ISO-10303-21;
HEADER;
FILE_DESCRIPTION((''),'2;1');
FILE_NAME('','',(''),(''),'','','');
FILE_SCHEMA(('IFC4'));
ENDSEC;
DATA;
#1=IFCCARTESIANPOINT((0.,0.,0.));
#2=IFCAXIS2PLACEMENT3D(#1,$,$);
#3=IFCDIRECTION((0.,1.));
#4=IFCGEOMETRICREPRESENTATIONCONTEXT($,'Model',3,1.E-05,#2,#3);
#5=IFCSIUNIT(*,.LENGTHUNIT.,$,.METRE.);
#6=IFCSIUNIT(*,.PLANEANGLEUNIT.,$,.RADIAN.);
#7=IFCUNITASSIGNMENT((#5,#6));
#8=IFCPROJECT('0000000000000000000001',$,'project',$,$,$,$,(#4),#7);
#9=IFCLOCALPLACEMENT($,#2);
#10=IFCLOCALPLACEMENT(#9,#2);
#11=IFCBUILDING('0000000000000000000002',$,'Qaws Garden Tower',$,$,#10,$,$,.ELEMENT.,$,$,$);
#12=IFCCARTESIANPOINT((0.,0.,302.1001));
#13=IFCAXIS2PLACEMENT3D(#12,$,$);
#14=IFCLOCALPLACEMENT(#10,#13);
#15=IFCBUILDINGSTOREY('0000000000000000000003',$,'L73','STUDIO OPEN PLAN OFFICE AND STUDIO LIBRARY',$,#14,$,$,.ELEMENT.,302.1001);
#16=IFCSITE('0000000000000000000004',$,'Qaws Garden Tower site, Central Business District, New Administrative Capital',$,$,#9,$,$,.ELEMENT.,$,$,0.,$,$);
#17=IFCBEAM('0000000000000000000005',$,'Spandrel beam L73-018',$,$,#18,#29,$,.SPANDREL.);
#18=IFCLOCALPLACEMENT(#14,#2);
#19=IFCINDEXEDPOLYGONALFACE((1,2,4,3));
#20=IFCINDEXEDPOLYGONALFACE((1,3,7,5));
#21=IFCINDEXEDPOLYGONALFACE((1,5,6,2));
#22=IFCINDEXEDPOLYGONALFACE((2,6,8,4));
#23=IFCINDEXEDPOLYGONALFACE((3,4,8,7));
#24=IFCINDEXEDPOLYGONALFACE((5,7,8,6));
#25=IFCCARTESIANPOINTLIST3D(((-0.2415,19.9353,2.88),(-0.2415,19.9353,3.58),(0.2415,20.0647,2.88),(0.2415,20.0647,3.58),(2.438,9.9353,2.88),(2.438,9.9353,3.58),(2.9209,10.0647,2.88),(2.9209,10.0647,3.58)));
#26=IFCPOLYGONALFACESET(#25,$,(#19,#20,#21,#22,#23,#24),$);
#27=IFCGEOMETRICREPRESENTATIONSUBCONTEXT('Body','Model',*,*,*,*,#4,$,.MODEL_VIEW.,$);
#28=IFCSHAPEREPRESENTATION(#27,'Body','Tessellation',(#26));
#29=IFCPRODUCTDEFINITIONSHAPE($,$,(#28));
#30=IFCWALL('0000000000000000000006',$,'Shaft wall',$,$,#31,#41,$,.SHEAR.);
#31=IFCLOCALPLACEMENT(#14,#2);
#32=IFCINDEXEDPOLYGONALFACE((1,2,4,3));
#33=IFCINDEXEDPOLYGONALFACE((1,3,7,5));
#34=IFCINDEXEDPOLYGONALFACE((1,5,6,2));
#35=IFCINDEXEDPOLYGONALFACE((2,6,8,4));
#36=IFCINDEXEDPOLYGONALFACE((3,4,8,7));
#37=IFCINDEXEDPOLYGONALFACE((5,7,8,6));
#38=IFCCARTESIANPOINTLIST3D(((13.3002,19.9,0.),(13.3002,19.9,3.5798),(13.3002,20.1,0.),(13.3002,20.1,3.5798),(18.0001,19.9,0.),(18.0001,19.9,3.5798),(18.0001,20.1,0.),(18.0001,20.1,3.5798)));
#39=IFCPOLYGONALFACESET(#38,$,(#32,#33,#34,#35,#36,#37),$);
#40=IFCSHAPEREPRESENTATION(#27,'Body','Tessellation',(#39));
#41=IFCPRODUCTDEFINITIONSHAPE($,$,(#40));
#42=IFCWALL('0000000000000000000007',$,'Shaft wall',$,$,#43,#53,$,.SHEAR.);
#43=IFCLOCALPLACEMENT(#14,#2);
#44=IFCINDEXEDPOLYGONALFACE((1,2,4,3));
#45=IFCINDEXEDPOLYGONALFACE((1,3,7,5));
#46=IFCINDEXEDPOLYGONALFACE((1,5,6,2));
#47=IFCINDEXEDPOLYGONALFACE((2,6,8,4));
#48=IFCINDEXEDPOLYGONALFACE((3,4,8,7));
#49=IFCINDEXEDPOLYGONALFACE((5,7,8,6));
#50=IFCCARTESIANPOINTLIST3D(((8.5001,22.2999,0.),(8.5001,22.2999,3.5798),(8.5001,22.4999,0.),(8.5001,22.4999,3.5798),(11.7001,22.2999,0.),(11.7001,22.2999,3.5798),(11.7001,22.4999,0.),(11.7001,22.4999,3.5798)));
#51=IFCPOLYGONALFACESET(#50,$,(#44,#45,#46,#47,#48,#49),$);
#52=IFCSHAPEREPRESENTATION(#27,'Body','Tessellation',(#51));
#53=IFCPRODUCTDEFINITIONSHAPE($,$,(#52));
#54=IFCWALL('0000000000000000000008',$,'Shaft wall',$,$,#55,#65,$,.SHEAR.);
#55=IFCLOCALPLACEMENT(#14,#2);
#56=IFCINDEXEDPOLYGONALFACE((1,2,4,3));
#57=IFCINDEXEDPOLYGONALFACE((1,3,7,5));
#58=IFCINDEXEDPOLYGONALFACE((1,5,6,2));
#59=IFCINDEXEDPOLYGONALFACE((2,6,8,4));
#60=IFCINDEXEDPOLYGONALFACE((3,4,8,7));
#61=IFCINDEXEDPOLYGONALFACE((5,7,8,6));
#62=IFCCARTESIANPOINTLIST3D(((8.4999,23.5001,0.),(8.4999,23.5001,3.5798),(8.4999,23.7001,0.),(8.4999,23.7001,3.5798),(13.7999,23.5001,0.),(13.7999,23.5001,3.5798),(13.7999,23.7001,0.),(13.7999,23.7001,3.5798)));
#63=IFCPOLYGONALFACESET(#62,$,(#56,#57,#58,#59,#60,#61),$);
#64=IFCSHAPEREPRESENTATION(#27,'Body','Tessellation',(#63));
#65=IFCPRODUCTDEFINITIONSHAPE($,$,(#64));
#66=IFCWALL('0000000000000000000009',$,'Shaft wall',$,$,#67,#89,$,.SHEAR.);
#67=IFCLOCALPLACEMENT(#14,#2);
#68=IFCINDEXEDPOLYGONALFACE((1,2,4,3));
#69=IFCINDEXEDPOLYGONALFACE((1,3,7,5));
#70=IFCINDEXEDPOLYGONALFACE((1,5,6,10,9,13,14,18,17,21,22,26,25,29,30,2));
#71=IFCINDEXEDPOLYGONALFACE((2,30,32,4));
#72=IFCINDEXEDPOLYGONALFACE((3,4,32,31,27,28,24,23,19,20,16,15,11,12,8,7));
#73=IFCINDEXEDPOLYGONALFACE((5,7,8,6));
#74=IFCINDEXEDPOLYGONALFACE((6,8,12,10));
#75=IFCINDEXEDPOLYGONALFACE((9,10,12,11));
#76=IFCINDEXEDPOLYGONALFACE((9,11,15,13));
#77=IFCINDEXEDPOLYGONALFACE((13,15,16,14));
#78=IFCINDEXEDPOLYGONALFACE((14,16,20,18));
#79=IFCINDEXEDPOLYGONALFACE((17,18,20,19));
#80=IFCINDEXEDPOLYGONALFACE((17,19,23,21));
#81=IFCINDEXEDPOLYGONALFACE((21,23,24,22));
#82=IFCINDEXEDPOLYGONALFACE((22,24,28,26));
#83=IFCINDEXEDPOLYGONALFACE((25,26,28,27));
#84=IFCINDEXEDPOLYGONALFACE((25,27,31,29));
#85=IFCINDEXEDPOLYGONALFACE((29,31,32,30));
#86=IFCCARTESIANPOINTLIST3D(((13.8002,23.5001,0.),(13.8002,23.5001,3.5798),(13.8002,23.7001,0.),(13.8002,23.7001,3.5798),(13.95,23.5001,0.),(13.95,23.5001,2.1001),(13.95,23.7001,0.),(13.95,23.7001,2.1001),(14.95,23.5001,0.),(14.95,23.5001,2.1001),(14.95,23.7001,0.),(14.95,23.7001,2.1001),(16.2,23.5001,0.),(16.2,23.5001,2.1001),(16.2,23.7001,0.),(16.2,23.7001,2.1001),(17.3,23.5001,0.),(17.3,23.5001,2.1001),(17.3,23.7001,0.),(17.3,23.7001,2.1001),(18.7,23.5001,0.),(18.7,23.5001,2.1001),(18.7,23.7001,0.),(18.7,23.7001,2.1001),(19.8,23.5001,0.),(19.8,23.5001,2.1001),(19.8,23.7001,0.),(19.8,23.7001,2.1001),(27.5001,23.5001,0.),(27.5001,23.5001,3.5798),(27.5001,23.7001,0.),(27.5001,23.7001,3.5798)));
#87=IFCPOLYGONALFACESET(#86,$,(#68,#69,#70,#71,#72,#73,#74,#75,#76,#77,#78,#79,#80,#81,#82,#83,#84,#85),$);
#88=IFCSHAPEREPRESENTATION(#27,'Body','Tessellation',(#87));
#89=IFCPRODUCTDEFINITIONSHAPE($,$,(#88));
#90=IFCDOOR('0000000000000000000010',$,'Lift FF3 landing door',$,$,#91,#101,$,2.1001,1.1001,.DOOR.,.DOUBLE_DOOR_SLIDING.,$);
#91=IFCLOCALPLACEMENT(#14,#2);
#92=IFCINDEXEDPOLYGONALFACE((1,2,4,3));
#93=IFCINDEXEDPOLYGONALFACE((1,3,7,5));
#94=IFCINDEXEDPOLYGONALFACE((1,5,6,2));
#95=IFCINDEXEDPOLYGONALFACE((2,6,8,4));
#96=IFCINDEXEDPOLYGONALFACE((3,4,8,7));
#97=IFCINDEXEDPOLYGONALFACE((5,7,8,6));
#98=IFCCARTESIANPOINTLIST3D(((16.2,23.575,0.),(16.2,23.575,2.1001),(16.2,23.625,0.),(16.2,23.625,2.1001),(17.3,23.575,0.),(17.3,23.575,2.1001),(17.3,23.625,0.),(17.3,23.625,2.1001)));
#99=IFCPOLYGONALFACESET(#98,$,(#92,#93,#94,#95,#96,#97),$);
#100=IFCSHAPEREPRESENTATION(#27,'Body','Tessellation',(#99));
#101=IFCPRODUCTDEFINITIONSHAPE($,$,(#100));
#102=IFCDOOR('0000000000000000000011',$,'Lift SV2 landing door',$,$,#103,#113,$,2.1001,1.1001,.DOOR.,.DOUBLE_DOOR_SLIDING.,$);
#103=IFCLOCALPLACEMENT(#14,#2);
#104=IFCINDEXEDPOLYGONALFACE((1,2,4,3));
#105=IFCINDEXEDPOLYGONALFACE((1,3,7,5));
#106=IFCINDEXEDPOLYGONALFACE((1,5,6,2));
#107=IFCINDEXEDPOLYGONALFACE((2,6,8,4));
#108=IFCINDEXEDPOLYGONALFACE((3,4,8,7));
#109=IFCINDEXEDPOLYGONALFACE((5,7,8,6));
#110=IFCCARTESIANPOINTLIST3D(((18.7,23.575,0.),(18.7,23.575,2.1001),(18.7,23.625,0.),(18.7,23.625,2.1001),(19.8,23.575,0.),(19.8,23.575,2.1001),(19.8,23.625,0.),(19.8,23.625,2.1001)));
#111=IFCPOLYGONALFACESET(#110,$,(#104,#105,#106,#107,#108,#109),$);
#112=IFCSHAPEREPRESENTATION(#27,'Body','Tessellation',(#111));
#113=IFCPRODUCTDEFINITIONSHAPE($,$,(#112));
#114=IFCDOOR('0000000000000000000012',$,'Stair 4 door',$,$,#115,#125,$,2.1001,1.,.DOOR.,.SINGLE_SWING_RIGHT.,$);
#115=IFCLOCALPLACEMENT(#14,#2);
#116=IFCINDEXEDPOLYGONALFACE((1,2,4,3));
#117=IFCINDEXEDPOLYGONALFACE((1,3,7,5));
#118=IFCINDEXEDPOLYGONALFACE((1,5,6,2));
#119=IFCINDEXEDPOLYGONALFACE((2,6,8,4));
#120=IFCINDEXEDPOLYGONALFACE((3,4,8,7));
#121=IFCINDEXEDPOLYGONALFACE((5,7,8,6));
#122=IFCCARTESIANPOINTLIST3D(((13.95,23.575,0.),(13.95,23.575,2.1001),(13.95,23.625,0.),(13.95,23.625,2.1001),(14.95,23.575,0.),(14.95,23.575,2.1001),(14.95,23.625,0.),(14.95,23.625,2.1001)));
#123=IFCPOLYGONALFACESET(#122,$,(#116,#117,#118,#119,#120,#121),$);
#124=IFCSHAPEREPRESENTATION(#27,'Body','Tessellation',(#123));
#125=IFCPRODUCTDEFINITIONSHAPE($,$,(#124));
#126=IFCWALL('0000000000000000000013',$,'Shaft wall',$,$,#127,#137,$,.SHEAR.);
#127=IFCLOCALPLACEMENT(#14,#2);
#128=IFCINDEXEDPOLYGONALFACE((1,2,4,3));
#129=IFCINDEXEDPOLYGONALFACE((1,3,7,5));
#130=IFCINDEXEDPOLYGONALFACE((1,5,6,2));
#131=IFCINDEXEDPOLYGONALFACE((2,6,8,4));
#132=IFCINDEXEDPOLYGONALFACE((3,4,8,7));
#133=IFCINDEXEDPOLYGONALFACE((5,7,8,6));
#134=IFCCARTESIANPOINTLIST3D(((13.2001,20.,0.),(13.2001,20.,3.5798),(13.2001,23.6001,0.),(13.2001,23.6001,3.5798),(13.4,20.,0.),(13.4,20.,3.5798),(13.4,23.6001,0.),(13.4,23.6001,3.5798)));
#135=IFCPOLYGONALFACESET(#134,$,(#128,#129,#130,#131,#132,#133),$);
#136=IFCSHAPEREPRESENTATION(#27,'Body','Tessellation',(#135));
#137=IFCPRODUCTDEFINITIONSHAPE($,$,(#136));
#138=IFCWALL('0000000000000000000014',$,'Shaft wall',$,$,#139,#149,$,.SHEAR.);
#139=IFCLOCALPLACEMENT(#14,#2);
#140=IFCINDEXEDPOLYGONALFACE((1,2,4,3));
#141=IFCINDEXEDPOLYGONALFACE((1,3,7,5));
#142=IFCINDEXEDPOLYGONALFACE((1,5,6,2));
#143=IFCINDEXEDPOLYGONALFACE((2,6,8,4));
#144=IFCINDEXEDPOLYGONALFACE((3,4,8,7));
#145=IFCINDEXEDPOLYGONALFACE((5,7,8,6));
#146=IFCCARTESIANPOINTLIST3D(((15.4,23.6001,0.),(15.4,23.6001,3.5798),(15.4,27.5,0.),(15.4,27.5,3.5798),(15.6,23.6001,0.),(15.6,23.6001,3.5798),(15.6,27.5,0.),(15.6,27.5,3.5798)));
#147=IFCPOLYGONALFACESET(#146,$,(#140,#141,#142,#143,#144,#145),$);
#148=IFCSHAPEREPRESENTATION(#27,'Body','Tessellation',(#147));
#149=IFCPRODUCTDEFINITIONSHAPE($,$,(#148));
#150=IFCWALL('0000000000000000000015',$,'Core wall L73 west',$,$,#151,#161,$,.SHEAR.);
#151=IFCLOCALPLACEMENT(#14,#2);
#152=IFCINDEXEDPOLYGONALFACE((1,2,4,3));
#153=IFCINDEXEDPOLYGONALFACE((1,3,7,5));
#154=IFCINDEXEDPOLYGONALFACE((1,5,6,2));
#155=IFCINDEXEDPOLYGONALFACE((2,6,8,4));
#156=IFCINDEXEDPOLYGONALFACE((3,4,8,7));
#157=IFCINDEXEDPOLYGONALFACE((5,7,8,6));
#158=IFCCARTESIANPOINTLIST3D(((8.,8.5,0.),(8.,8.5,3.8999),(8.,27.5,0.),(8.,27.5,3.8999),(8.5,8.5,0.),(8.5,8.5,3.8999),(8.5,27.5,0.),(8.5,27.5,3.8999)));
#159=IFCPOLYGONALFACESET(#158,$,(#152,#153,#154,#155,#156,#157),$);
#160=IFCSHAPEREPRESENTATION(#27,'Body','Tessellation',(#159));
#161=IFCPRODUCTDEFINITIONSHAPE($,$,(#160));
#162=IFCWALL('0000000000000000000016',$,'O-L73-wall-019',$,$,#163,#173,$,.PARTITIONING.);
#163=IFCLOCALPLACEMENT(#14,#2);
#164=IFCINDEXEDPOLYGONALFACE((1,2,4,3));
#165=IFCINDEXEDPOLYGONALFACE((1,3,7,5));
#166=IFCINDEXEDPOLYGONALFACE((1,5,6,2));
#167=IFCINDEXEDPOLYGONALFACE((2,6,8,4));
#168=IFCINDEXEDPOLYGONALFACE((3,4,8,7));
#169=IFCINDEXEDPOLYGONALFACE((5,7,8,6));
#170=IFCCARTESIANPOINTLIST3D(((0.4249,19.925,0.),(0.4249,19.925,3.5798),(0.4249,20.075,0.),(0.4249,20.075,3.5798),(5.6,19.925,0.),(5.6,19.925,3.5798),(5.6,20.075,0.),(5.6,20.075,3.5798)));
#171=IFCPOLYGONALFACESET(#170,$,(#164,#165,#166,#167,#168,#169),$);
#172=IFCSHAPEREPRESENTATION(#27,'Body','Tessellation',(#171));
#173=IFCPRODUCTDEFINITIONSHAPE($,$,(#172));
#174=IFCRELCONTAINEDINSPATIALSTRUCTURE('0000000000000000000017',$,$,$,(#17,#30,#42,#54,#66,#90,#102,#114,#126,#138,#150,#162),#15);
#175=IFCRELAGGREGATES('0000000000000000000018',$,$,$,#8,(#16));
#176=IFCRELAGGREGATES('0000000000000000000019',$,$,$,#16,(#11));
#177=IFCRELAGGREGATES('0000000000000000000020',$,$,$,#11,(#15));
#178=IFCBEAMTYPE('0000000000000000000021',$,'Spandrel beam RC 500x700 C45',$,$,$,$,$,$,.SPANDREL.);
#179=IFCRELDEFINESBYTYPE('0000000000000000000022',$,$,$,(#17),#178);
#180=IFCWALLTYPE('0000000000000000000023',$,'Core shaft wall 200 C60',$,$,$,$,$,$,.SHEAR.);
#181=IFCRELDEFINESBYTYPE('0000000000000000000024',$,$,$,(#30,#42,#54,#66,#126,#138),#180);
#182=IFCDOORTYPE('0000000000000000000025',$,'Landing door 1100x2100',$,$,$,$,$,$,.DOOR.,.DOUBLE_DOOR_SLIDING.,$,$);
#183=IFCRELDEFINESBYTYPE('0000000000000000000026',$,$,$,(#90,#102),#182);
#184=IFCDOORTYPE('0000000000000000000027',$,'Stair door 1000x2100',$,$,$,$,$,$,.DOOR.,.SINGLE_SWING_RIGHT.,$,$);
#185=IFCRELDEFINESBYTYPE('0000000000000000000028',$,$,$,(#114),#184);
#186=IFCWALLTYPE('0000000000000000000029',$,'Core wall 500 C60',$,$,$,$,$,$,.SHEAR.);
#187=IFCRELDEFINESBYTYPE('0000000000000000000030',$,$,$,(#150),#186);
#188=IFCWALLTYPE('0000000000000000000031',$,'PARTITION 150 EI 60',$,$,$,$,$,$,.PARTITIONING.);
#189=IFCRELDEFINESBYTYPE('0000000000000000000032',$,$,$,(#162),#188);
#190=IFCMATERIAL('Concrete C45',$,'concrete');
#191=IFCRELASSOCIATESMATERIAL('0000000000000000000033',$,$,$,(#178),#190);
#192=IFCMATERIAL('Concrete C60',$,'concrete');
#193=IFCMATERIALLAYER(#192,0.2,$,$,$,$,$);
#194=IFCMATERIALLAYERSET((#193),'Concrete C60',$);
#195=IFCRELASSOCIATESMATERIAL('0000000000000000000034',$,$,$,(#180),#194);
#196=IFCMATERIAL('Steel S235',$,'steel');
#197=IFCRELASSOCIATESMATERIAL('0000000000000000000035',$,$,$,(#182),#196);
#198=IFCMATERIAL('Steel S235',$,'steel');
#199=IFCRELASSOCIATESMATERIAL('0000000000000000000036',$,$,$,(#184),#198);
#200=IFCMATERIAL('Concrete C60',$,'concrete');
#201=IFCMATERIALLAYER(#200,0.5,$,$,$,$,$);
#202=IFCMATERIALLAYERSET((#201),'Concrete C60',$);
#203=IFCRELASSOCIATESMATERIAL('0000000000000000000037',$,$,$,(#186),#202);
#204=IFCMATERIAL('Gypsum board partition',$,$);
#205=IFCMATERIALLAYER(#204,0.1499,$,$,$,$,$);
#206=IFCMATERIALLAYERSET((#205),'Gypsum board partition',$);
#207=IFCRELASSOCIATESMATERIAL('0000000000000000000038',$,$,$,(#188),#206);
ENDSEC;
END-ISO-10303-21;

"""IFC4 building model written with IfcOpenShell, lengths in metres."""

from ifc_helpers import new_model, si_unit, direction, frame, frame_2d, origin, origin_2d, place, context, subcontext, project, spatial, rectangle, extrude, material, layer, layer_set, material_profile, profile_set, type_object, element, fill, save


model = new_model("IFC4")

# Units and contexts
model_context = context("Model", 3, precision=1e-05, world=origin(), true_north=direction((0.0, 1.0)))
body_context = subcontext(model_context, "Body", "Model", "MODEL_VIEW")
ifc_project = project(units=[si_unit("LENGTHUNIT", "METRE"), si_unit("PLANEANGLEUNIT", "RADIAN")], contexts=[model_context])

# Site, building, storey
site_placement = place(None, origin())
site = spatial("IfcSite", under=ifc_project, at=site_placement, Name="Qaws Garden Tower site, Central Business District, New Administrative Capital", CompositionType="ELEMENT", RefElevation=0.0)
building_placement = place(site_placement, origin())
building = spatial("IfcBuilding", under=site, at=building_placement, Name="Qaws Garden Tower", CompositionType="ELEMENT")
storey_placement = place(building_placement, frame((0.0, 0.0, 302.1001)))
storey = spatial("IfcBuildingStorey", under=building, at=storey_placement, Name="L73", Description="STUDIO OPEN PLAN OFFICE AND STUDIO LIBRARY", CompositionType="ELEMENT", Elevation=302.1001)

# Beam
ifc_material_1 = material(Name="Concrete C45", Category="concrete")
ifc_material_profile = material_profile(ifc_material_1, rectangle(XDim=0.5, YDim=0.7, at=origin_2d()), Name="RC 500x700")
ifc_profile_set = profile_set([ifc_material_profile], Name="Concrete C45")
beam_type = type_object("IfcBeamType", Name="Spandrel beam RC 500x700 C45", PredefinedType="SPANDREL", material=ifc_profile_set)
beam_placement = place(storey_placement, frame((0.0, 20.0, 3.23), z_axis=(0.258815, -0.965927, 0.0), x_axis=(0.965927, 0.258815, 0.0)))
element("IfcBeam", 1, at=beam_placement, inside=storey, type_object=beam_type, Name="Spandrel beam L73-018", PredefinedType="SPANDREL", context=body_context, shape_type="SweptSolid", body=[
    extrude(rectangle(XDim=0.5, YDim=0.7, at=origin_2d()), origin(), (0.0, 0.0, 1.0), 10.3528),
])

# Walls
ifc_material_2 = material(Name="Concrete C60", Category="concrete")
ifc_layer_1 = layer(ifc_material_2, 0.2)
ifc_layer_set_1 = layer_set([ifc_layer_1], Name="Concrete C60")
wall_type_1 = type_object("IfcWallType", Name="Core shaft wall 200 C60", PredefinedType="SHEAR", material=ifc_layer_set_1)
wall_1_placement = place(storey_placement, frame((13.3, 20.0, 0.0), z_axis=(0.0, 0.0, 1.0), x_axis=(1.0, 0.0, 0.0)))
element("IfcWall", 2, at=wall_1_placement, inside=storey, type_object=wall_type_1, Name="Shaft wall", PredefinedType="SHEAR", context=body_context, shape_type="SweptSolid", body=[
    extrude(rectangle(XDim=4.7, YDim=0.2, at=frame_2d((2.3501, 0.0))), origin(), (0.0, 0.0, 1.0), 3.5798),
])
wall_2_placement = place(storey_placement, frame((8.5, 22.3999, 0.0), z_axis=(0.0, 0.0, 1.0), x_axis=(1.0, 0.0, 0.0)))
element("IfcWall", 3, at=wall_2_placement, inside=storey, type_object=wall_type_1, Name="Shaft wall", PredefinedType="SHEAR", context=body_context, shape_type="SweptSolid", body=[
    extrude(rectangle(XDim=3.2, YDim=0.2, at=frame_2d((1.6001, 0.0))), origin(), (0.0, 0.0, 1.0), 3.5798),
])
wall_3_placement = place(storey_placement, frame((8.5, 23.6001, 0.0), z_axis=(0.0, 0.0, 1.0), x_axis=(1.0, 0.0, 0.0)))
element("IfcWall", 4, at=wall_3_placement, inside=storey, type_object=wall_type_1, Name="Shaft wall", PredefinedType="SHEAR", context=body_context, shape_type="SweptSolid", body=[
    extrude(rectangle(XDim=5.3, YDim=0.2, at=frame_2d((2.6499, 0.0))), origin(), (0.0, 0.0, 1.0), 3.5798),
])

# Wall, openings, doors
wall_4_placement = place(storey_placement, frame((13.8, 23.6001, 0.0), z_axis=(0.0, 0.0, 1.0), x_axis=(1.0, 0.0, 0.0)))
wall_4 = element("IfcWall", 5, at=wall_4_placement, inside=storey, type_object=wall_type_1, Name="Shaft wall", PredefinedType="SHEAR", context=body_context, shape_type="SweptSolid", body=[
    extrude(rectangle(XDim=13.7, YDim=0.2, at=frame_2d((6.8501, 0.0))), origin(), (0.0, 0.0, 1.0), 3.5798),
])
opening_1_placement = place(wall_4_placement, frame((2.3999, 0.0, 0.0)))
opening_1 = element("IfcOpeningElement", 6, at=opening_1_placement, cuts=wall_4, PredefinedType="OPENING", context=body_context, shape_type="SweptSolid", body=[
    extrude(rectangle(XDim=1.1001, YDim=2.1001, at=frame_2d((0.55, 1.05))), frame((0.0, 0.1099, 0.0), z_axis=(0.0, -1.0, 0.0), x_axis=(1.0, 0.0, 0.0)), (0.0, 0.0, 1.0), 0.22),
])
opening_2_placement = place(wall_4_placement, frame((4.8999, 0.0, 0.0)))
opening_2 = element("IfcOpeningElement", 7, at=opening_2_placement, cuts=wall_4, PredefinedType="OPENING", context=body_context, shape_type="SweptSolid", body=[
    extrude(rectangle(XDim=1.1001, YDim=2.1001, at=frame_2d((0.55, 1.05))), frame((0.0, 0.1099, 0.0), z_axis=(0.0, -1.0, 0.0), x_axis=(1.0, 0.0, 0.0)), (0.0, 0.0, 1.0), 0.22),
])
opening_3_placement = place(wall_4_placement, frame((0.1499, 0.0, 0.0)))
opening_3 = element("IfcOpeningElement", 8, at=opening_3_placement, cuts=wall_4, PredefinedType="OPENING", context=body_context, shape_type="SweptSolid", body=[
    extrude(rectangle(XDim=1.0, YDim=2.1001, at=frame_2d((0.5, 1.05))), frame((0.0, 0.1099, 0.0), z_axis=(0.0, -1.0, 0.0), x_axis=(1.0, 0.0, 0.0)), (0.0, 0.0, 1.0), 0.22),
])
ifc_material_3 = material(Name="Steel S235", Category="steel")
door_type_1 = type_object("IfcDoorType", Name="Landing door 1100x2100", OperationType="DOUBLE_DOOR_SLIDING", PredefinedType="DOOR", material=ifc_material_3)
door_1_placement = place(opening_1_placement, origin())
door_1 = element("IfcDoor", 9, at=door_1_placement, inside=storey, type_object=door_type_1, Name="Lift FF3 landing door", OperationType="DOUBLE_DOOR_SLIDING", OverallHeight=2.1001, OverallWidth=1.1001, PredefinedType="DOOR", context=body_context, shape_type="SweptSolid", body=[
    extrude(rectangle(XDim=1.1001, YDim=2.1001, at=frame_2d((0.55, 1.05))), frame((0.0, 0.0249, 0.0), z_axis=(0.0, -1.0, 0.0), x_axis=(1.0, 0.0, 0.0)), (0.0, 0.0, 1.0), 0.05),
])
fill(opening_1, door_1)
door_2_placement = place(opening_2_placement, origin())
door_2 = element("IfcDoor", 10, at=door_2_placement, inside=storey, type_object=door_type_1, Name="Lift SV2 landing door", OperationType="DOUBLE_DOOR_SLIDING", OverallHeight=2.1001, OverallWidth=1.1001, PredefinedType="DOOR", context=body_context, shape_type="SweptSolid", body=[
    extrude(rectangle(XDim=1.1001, YDim=2.1001, at=frame_2d((0.55, 1.05))), frame((0.0, 0.0249, 0.0), z_axis=(0.0, -1.0, 0.0), x_axis=(1.0, 0.0, 0.0)), (0.0, 0.0, 1.0), 0.05),
])
fill(opening_2, door_2)
ifc_material_4 = material(Name="Steel S235", Category="steel")
door_type_2 = type_object("IfcDoorType", Name="Stair door 1000x2100", OperationType="SINGLE_SWING_RIGHT", PredefinedType="DOOR", material=ifc_material_4)
door_3_placement = place(opening_3_placement, origin())
door_3 = element("IfcDoor", 11, at=door_3_placement, inside=storey, type_object=door_type_2, Name="Stair 4 door", OperationType="SINGLE_SWING_RIGHT", OverallHeight=2.1001, OverallWidth=1.0, PredefinedType="DOOR", context=body_context, shape_type="SweptSolid", body=[
    extrude(rectangle(XDim=1.0, YDim=2.1001, at=frame_2d((0.5, 1.05))), frame((0.0, 0.0249, 0.0), z_axis=(0.0, -1.0, 0.0), x_axis=(1.0, 0.0, 0.0)), (0.0, 0.0, 1.0), 0.05),
])
fill(opening_3, door_3)

# Walls
wall_5_placement = place(storey_placement, frame((13.3, 20.0, 0.0), z_axis=(0.0, 0.0, 1.0), x_axis=(0.0, 1.0, 0.0)))
element("IfcWall", 12, at=wall_5_placement, inside=storey, type_object=wall_type_1, Name="Shaft wall", PredefinedType="SHEAR", context=body_context, shape_type="SweptSolid", body=[
    extrude(rectangle(XDim=3.6001, YDim=0.2, at=frame_2d((1.8, 0.0))), origin(), (0.0, 0.0, 1.0), 3.5798),
])
wall_6_placement = place(storey_placement, frame((15.5, 23.6001, 0.0), z_axis=(0.0, 0.0, 1.0), x_axis=(0.0, 1.0, 0.0)))
element("IfcWall", 13, at=wall_6_placement, inside=storey, type_object=wall_type_1, Name="Shaft wall", PredefinedType="SHEAR", context=body_context, shape_type="SweptSolid", body=[
    extrude(rectangle(XDim=3.8999, YDim=0.2, at=frame_2d((1.95, 0.0))), origin(), (0.0, 0.0, 1.0), 3.5798),
])
ifc_material_5 = material(Name="Concrete C60", Category="concrete")
ifc_layer_2 = layer(ifc_material_5, 0.5)
ifc_layer_set_2 = layer_set([ifc_layer_2], Name="Concrete C60")
wall_type_2 = type_object("IfcWallType", Name="Core wall 500 C60", PredefinedType="SHEAR", material=ifc_layer_set_2)
wall_7_placement = place(storey_placement, frame((8.25, 27.5, 0.0), z_axis=(0.0, 0.0, 1.0), x_axis=(0.0, -1.0, 0.0)))
element("IfcWall", 14, at=wall_7_placement, inside=storey, type_object=wall_type_2, Name="Core wall L73 west", PredefinedType="SHEAR", context=body_context, shape_type="SweptSolid", body=[
    extrude(rectangle(XDim=19.0, YDim=0.5, at=frame_2d((9.5, 0.0))), origin(), (0.0, 0.0, 1.0), 3.8999),
])
ifc_material_6 = material(Name="Gypsum board partition")
ifc_layer_3 = layer(ifc_material_6, 0.1499)
ifc_layer_set_3 = layer_set([ifc_layer_3], Name="Gypsum board partition")
wall_type_3 = type_object("IfcWallType", Name="PARTITION 150 EI 60", PredefinedType="PARTITIONING", material=ifc_layer_set_3)
wall_8_placement = place(storey_placement, frame((0.425, 20.0, 0.0), z_axis=(0.0, 0.0, 1.0), x_axis=(1.0, 0.0, 0.0)))
element("IfcWall", 15, at=wall_8_placement, inside=storey, type_object=wall_type_3, Name="O-L73-wall-019", PredefinedType="PARTITIONING", context=body_context, shape_type="SweptSolid", body=[
    extrude(rectangle(XDim=5.175, YDim=0.1499, at=frame_2d((2.5874, 0.0))), origin(), (0.0, 0.0, 1.0), 3.5798),
])

save(model, "model.ifc")
